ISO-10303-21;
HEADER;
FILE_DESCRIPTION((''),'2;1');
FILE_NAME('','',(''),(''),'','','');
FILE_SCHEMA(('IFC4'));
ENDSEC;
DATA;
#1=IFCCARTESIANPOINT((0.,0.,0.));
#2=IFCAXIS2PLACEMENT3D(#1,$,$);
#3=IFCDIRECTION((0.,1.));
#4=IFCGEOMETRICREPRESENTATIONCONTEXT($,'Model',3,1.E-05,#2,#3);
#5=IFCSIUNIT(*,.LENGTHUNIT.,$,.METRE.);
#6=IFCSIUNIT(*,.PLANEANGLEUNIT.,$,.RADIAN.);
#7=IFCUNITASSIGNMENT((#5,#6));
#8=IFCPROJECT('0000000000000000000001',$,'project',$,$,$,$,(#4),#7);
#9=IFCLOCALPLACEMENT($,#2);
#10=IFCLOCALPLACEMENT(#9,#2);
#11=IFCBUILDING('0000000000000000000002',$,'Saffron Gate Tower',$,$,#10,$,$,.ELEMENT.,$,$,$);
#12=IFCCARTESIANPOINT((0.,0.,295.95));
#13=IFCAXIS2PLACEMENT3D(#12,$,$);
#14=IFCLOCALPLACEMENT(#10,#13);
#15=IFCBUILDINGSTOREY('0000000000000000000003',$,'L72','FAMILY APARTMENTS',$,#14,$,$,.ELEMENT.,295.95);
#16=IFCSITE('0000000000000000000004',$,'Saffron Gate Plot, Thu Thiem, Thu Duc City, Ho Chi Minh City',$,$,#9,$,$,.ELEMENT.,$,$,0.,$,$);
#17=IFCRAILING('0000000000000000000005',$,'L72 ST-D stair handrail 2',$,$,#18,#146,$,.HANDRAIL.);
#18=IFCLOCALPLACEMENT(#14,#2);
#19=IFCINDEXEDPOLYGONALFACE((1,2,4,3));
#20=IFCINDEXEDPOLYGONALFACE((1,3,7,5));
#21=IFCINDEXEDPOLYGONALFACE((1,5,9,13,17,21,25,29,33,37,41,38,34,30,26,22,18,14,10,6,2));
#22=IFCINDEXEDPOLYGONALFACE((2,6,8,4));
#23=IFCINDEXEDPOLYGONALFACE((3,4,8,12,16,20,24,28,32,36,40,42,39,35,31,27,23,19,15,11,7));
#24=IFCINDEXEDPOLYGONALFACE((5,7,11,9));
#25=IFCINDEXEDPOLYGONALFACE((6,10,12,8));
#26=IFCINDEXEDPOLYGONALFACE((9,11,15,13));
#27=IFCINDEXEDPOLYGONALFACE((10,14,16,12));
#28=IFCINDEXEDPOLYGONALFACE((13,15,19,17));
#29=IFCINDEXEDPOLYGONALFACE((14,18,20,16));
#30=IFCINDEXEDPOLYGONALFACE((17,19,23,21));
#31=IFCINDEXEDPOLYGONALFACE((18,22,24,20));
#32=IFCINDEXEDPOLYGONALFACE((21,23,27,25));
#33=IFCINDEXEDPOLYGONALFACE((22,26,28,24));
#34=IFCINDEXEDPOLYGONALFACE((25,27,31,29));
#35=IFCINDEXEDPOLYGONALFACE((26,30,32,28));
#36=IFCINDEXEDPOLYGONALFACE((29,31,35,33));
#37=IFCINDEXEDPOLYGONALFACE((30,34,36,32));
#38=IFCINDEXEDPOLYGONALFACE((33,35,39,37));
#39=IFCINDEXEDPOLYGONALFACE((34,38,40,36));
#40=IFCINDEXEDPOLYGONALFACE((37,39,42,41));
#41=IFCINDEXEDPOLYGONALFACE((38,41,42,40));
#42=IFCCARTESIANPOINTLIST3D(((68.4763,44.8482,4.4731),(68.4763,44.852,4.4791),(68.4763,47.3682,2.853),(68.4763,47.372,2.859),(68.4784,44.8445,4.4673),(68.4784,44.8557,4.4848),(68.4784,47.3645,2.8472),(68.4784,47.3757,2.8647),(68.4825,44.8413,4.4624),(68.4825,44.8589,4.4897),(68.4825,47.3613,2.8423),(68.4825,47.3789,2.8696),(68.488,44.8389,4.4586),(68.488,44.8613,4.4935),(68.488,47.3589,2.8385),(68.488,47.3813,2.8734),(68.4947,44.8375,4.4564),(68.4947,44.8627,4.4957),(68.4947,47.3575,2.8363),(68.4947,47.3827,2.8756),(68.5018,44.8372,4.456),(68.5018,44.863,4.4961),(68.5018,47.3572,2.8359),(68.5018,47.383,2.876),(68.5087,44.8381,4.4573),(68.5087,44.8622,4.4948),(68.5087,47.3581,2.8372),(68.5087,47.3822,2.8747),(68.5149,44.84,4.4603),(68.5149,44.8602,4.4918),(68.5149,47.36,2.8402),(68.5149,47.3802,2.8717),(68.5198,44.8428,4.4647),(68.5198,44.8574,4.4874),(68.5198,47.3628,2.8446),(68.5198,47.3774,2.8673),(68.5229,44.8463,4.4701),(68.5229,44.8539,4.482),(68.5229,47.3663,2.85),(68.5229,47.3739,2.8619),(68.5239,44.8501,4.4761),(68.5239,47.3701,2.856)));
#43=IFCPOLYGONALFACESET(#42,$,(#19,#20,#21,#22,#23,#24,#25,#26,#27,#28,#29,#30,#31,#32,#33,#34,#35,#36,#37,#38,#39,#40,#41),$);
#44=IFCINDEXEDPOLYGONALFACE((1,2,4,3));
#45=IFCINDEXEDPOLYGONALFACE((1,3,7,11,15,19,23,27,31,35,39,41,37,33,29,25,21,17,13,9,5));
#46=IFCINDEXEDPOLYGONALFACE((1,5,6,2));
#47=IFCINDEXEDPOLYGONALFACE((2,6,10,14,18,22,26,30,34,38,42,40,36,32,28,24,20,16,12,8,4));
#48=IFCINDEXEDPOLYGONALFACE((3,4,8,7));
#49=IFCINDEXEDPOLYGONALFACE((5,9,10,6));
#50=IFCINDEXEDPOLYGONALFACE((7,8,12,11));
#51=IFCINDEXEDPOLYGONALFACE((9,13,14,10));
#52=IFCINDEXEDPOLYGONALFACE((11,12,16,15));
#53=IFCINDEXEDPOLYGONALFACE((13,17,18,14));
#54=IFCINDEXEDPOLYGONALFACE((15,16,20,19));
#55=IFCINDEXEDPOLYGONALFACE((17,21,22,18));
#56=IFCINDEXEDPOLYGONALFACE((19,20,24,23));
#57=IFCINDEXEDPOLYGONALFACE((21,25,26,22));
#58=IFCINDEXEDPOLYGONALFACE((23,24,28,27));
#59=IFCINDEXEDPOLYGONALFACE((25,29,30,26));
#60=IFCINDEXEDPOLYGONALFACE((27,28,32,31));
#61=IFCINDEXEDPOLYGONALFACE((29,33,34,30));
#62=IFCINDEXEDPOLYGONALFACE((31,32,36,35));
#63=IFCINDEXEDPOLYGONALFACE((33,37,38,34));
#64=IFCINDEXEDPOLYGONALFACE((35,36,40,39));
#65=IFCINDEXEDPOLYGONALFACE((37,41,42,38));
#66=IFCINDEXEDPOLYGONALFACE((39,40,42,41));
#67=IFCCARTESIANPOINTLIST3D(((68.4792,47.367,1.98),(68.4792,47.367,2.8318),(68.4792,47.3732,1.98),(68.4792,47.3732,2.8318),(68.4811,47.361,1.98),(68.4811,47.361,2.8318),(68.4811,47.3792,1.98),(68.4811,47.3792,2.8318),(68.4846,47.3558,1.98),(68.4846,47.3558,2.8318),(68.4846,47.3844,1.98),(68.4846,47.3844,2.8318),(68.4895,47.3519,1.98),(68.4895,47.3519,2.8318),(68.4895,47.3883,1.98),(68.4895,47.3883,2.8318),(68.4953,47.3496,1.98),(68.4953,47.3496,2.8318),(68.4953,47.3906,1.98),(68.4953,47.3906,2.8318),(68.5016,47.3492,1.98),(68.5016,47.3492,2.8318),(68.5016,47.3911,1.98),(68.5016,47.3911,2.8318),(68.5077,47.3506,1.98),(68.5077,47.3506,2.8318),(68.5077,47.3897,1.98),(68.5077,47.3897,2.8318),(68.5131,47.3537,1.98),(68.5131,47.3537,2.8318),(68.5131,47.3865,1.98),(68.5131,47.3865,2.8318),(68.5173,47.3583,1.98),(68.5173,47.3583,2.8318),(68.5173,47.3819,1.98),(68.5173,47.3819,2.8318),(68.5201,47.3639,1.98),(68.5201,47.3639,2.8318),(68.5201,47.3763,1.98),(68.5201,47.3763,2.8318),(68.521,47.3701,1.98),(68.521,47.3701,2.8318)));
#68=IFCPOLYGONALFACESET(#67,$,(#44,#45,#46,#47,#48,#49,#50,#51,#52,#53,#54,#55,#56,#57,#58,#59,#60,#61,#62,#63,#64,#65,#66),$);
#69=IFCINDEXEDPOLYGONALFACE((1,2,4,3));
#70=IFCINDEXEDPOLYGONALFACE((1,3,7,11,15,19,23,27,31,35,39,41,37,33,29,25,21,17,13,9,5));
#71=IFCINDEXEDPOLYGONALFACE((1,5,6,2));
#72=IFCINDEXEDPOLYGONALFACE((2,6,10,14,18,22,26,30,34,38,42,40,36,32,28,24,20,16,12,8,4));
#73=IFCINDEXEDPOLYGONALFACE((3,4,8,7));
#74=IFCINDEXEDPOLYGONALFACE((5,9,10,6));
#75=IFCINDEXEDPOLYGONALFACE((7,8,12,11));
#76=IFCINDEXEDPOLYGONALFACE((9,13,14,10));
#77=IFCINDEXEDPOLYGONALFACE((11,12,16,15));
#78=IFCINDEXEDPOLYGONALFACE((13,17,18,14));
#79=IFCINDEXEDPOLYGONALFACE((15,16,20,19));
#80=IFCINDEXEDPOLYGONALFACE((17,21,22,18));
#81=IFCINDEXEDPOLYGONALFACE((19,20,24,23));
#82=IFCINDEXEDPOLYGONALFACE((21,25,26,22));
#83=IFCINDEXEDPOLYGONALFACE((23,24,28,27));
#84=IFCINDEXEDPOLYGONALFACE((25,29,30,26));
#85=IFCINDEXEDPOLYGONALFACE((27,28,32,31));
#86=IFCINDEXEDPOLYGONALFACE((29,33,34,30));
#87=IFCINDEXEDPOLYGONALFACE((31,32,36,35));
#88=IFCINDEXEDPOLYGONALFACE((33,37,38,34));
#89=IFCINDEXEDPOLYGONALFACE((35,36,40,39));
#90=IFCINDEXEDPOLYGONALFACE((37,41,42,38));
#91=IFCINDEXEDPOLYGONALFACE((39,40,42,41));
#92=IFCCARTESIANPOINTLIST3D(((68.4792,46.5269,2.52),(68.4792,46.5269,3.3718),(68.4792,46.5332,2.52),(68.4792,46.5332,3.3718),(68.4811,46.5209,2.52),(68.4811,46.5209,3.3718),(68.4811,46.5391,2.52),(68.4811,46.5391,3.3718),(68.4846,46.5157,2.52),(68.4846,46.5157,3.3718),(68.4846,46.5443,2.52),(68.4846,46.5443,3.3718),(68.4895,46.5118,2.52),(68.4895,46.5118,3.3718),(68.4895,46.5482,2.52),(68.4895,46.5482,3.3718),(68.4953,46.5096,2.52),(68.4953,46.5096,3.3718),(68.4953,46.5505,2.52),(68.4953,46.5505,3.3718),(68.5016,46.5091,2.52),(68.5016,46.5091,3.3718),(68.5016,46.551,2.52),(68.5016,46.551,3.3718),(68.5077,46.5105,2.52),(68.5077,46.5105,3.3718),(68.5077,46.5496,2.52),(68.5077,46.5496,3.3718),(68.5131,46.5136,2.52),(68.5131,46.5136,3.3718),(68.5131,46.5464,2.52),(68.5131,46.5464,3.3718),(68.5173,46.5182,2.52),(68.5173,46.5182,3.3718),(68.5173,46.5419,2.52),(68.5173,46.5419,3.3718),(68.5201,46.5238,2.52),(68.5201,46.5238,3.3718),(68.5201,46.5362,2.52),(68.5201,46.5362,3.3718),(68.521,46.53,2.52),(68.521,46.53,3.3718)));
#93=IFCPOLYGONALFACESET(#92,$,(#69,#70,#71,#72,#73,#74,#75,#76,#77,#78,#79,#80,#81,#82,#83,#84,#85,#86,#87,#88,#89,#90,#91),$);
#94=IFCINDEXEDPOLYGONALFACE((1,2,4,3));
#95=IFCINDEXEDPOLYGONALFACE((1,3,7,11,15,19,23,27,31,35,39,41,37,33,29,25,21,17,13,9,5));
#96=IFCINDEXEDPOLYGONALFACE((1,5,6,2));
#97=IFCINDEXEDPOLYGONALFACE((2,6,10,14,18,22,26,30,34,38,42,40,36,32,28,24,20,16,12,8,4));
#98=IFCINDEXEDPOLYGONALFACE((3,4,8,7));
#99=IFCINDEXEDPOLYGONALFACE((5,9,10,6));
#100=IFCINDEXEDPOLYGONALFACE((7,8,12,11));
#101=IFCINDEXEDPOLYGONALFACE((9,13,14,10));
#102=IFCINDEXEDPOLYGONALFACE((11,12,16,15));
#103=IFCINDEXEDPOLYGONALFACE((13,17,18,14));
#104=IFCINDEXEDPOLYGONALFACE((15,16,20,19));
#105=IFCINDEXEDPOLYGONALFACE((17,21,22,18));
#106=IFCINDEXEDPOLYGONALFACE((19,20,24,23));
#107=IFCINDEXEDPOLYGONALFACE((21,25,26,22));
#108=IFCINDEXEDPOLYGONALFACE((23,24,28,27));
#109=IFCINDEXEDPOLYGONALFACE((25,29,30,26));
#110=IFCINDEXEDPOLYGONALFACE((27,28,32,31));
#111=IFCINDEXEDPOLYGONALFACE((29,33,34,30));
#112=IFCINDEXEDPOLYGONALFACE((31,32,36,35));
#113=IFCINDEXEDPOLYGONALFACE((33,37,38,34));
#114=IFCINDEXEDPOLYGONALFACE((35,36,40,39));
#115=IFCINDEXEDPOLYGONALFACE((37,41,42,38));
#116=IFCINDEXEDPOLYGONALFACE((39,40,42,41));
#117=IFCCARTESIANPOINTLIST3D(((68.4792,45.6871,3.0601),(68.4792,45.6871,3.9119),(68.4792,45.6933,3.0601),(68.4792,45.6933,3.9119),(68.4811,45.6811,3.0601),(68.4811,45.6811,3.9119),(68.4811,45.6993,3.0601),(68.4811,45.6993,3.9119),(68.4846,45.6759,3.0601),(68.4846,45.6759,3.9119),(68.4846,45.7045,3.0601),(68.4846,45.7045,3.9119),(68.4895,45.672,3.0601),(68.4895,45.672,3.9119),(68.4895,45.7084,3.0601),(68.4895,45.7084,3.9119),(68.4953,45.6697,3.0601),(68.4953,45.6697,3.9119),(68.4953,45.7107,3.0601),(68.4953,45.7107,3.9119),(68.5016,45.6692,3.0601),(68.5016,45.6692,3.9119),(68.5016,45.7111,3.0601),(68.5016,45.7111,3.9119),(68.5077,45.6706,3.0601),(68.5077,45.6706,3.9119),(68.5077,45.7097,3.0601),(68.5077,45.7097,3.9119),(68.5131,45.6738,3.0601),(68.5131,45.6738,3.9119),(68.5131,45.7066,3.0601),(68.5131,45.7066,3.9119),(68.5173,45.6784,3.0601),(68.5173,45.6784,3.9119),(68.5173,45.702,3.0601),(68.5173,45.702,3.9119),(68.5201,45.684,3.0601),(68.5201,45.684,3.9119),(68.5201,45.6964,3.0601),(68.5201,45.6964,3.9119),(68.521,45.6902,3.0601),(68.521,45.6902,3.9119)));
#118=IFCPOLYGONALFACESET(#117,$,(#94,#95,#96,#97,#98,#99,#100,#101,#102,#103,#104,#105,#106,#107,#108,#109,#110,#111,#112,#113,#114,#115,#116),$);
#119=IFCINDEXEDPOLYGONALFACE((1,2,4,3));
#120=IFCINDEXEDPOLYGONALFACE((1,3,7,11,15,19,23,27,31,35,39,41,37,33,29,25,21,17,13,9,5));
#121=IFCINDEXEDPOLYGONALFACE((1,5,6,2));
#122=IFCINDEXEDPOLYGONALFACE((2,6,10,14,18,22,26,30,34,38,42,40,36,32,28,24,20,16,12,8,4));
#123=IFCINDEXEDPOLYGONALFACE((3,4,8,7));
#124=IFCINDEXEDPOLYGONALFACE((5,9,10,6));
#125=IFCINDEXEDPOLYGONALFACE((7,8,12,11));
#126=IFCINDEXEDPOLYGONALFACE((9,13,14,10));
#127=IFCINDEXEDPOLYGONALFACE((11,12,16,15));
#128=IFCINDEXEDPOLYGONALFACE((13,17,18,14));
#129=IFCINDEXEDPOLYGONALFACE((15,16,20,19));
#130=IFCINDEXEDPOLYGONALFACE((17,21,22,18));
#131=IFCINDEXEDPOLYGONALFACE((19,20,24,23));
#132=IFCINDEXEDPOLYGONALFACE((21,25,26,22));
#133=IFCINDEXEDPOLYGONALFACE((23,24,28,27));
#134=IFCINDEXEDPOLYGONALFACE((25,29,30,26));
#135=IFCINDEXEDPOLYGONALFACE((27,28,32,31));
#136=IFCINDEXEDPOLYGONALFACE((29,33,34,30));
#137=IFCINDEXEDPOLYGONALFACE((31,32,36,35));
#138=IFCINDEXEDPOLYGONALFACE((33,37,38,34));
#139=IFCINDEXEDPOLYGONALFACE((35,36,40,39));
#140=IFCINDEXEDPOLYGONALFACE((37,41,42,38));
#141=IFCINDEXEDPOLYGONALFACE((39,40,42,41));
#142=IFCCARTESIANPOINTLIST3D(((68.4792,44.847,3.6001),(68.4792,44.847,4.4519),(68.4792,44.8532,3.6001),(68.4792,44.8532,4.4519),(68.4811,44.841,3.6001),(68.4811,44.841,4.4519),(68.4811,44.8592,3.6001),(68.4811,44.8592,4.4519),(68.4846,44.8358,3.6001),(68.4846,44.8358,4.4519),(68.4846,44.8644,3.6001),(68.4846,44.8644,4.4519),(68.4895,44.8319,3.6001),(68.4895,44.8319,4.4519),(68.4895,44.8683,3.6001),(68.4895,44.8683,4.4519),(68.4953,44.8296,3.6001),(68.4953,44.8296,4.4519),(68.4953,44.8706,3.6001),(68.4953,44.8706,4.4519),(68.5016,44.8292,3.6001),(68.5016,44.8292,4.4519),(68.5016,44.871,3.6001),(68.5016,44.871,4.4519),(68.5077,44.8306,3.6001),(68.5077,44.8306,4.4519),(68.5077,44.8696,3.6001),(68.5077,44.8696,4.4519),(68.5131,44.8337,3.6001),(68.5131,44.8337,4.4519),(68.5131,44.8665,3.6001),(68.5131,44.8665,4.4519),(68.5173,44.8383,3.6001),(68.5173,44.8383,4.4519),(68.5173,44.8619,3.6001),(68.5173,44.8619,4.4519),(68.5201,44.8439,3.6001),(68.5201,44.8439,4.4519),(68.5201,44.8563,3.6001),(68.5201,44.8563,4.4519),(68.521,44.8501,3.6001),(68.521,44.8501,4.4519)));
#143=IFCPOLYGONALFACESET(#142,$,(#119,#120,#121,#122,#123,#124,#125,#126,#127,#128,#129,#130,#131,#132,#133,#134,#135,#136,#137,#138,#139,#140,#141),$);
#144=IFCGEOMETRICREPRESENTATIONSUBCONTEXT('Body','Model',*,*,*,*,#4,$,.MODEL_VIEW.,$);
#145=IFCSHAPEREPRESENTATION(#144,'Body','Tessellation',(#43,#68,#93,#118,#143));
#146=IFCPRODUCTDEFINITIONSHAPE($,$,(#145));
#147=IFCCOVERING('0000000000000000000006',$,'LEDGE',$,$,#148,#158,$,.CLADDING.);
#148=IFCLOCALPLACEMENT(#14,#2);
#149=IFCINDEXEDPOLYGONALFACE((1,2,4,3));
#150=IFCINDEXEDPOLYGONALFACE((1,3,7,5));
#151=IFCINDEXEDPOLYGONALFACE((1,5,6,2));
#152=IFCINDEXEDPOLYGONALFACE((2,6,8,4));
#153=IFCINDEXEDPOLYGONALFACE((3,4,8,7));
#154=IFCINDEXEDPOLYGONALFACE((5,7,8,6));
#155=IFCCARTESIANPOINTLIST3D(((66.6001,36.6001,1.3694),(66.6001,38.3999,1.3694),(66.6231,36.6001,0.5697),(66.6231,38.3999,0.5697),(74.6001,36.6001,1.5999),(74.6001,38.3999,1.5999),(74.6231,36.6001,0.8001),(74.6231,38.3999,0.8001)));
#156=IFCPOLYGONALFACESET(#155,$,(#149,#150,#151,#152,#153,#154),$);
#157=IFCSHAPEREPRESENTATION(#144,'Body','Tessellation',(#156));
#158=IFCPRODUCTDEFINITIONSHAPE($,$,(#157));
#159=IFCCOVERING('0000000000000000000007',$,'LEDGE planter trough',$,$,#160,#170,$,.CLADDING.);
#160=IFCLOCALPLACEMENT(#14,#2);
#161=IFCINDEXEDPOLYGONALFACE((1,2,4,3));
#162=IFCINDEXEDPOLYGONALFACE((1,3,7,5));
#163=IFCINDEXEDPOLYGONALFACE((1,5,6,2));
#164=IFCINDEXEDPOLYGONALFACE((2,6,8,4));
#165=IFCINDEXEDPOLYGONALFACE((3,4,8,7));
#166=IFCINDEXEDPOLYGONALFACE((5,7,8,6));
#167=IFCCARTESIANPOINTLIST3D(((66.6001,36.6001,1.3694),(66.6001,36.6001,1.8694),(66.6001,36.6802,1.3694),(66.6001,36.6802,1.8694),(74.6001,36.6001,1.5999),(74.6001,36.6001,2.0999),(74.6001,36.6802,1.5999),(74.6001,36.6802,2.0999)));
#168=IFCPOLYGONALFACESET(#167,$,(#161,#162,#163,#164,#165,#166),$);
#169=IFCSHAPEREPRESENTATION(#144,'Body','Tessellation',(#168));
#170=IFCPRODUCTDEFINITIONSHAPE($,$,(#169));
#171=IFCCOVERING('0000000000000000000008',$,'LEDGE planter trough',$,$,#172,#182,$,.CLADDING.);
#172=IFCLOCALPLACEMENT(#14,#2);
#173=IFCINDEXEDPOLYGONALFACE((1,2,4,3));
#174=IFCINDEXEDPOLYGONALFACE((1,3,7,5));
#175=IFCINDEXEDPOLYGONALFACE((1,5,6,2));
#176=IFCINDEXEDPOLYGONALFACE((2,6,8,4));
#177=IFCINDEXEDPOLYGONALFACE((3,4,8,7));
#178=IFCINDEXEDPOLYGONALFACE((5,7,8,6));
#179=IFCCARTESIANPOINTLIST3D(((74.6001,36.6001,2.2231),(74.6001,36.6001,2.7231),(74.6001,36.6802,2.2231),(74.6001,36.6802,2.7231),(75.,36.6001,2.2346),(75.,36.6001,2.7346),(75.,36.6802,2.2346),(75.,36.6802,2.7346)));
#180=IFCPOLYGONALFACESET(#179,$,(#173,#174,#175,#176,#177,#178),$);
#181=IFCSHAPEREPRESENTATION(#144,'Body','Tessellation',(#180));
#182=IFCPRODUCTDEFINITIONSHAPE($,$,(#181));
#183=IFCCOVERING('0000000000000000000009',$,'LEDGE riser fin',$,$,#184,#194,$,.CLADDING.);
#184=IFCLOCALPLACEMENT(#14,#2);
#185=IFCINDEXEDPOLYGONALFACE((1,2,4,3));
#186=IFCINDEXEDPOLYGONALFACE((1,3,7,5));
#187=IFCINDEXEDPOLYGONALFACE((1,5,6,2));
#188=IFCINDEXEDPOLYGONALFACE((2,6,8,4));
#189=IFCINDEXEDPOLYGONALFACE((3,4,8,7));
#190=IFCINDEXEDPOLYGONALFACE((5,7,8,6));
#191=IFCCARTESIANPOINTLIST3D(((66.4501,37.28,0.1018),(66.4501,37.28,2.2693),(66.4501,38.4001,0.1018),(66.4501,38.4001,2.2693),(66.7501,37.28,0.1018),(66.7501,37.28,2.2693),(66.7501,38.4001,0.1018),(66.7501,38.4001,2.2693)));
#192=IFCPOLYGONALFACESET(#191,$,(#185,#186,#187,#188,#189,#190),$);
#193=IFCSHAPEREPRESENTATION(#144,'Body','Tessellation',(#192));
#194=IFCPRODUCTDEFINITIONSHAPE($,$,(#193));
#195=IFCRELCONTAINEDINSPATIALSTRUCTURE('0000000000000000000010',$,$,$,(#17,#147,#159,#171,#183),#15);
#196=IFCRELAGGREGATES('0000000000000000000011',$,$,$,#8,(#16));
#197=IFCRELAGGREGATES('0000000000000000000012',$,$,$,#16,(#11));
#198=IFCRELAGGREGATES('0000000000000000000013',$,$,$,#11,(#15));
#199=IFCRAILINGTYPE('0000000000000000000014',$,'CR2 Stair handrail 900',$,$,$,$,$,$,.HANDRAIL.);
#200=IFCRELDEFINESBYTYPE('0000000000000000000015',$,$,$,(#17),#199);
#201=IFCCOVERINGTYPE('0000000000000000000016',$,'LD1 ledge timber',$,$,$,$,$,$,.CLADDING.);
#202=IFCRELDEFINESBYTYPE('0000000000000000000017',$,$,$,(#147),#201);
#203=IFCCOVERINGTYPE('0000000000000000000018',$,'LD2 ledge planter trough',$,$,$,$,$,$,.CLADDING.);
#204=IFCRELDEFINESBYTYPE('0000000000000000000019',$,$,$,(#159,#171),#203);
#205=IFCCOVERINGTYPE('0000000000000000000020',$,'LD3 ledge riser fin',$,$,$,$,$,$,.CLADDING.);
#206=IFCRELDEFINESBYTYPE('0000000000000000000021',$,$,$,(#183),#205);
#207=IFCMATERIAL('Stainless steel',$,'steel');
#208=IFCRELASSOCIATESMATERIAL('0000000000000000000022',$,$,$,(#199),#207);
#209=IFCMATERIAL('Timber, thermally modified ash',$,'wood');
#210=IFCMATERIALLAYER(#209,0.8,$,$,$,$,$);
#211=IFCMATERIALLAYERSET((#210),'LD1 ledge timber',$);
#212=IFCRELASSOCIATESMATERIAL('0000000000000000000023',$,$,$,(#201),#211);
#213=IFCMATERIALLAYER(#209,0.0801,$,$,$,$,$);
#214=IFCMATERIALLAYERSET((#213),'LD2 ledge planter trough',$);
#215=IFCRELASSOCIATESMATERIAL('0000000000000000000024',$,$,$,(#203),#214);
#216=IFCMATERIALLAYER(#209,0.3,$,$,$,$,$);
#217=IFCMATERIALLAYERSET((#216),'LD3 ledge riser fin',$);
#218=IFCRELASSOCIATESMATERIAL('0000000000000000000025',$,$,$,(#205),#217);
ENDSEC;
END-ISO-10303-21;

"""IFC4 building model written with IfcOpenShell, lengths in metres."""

from ifc_helpers import new_model, si_unit, direction, frame, origin, origin_2d, place, context, subcontext, project, spatial, polyline, rectangle, circle, outline, extrude, material, layer, layer_set, type_object, element, save


model = new_model("IFC4")

# Units and contexts
model_context = context("Model", 3, precision=1e-05, world=origin(), true_north=direction((0.0, 1.0)))
body_context = subcontext(model_context, "Body", "Model", "MODEL_VIEW")
ifc_project = project(units=[si_unit("LENGTHUNIT", "METRE"), si_unit("PLANEANGLEUNIT", "RADIAN")], contexts=[model_context])

# Site, building, storey
site_placement = place(None, origin())
site = spatial("IfcSite", under=ifc_project, at=site_placement, Name="Saffron Gate Plot, Thu Thiem, Thu Duc City, Ho Chi Minh City", CompositionType="ELEMENT", RefElevation=0.0)
building_placement = place(site_placement, origin())
building = spatial("IfcBuilding", under=site, at=building_placement, Name="Saffron Gate Tower", CompositionType="ELEMENT")
storey_placement = place(building_placement, frame((0.0, 0.0, 295.95)))
storey = spatial("IfcBuildingStorey", under=building, at=storey_placement, Name="L72", Description="FAMILY APARTMENTS", CompositionType="ELEMENT", Elevation=295.95)

# Railing
ifc_material_1 = material(Name="Stainless steel", Category="steel")
railing_type_1 = type_object("IfcRailingType", Name="CR2 Stair handrail 900", PredefinedType="HANDRAIL", material=ifc_material_1)
railing_1_placement = place(storey_placement, frame((68.5, 47.3701, 1.98)))
element("IfcRailing", 1, at=railing_1_placement, inside=storey, type_object=railing_type_1, Name="L72 ST-D stair handrail 2", PredefinedType="HANDRAIL", context=body_context, shape_type="SweptSolid", body=[
    extrude(circle(Radius=0.0239, at=origin_2d()), frame((0.0, 0.0, 0.876), z_axis=(0.0, -0.841163, 0.540782), x_axis=(1.0, 0.0, 0.0)), (0.0, 0.0, 1.0), 2.9958),
    extrude(circle(Radius=0.021, at=origin_2d()), origin(), (0.0, 0.0, 1.0), 0.8518),
    extrude(circle(Radius=0.021, at=origin_2d()), frame((0.0, -0.8401, 0.54)), (0.0, 0.0, 1.0), 0.8518),
    extrude(circle(Radius=0.021, at=origin_2d()), frame((0.0, -1.6799, 1.0801)), (0.0, 0.0, 1.0), 0.8518),
    extrude(circle(Radius=0.021, at=origin_2d()), frame((0.0, -2.52, 1.6201)), (0.0, 0.0, 1.0), 0.8518),
])

# Coverings
ifc_material_2 = material(Name="Timber, thermally modified ash", Category="wood")
ifc_layer_1 = layer(ifc_material_2, 0.8)
ifc_layer_set_1 = layer_set([ifc_layer_1], Name="LD1 ledge timber")
covering_type_1 = type_object("IfcCoveringType", Name="LD1 ledge timber", PredefinedType="CLADDING", material=ifc_layer_set_1)
covering_1_placement = place(storey_placement, frame((66.6001, 38.3999, 1.3694), z_axis=(-0.028797, 0.0, 0.999585), x_axis=(0.999585, 0.0, 0.028797)))
element("IfcCovering", 2, at=covering_1_placement, inside=storey, type_object=covering_type_1, Name="LEDGE", PredefinedType="CLADDING", context=body_context, shape_type="SweptSolid", body=[
    extrude(outline(polyline([(0.0, 0.0), (8.0033, 0.0), (8.0033, -1.7998), (0.0, -1.7998), (0.0, 0.0)])), origin(), (0.0, 0.0, -1.0), 0.8),
])
ifc_layer_2 = layer(ifc_material_2, 0.0801)
ifc_layer_set_2 = layer_set([ifc_layer_2], Name="LD2 ledge planter trough")
covering_type_2 = type_object("IfcCoveringType", Name="LD2 ledge planter trough", PredefinedType="CLADDING", material=ifc_layer_set_2)
covering_2_placement = place(storey_placement, frame((66.6001, 36.6001, 1.3694), z_axis=(0.0, -1.0, 0.0), x_axis=(0.999585, 0.0, 0.028797)))
element("IfcCovering", 3, at=covering_2_placement, inside=storey, type_object=covering_type_2, Name="LEDGE planter trough", PredefinedType="CLADDING", context=body_context, shape_type="SweptSolid", body=[
    extrude(outline(polyline([(0.0, 0.0), (8.0033, 0.0), (8.0177, 0.4998), (0.0144, 0.4998), (0.0, 0.0)])), origin(), (0.0, 0.0, -1.0), 0.0801),
])
covering_3_placement = place(storey_placement, frame((74.6001, 36.6001, 2.2231), z_axis=(0.0, -1.0, 0.0), x_axis=(0.999589, 0.0, 0.028682)))
element("IfcCovering", 4, at=covering_3_placement, inside=storey, type_object=covering_type_2, Name="LEDGE planter trough", PredefinedType="CLADDING", context=body_context, shape_type="SweptSolid", body=[
    extrude(outline(polyline([(0.0, 0.0), (0.4001, 0.0), (0.4144, 0.4998), (0.0143, 0.4998), (0.0, 0.0)])), origin(), (0.0, 0.0, -1.0), 0.0801),
])
ifc_layer_3 = layer(ifc_material_2, 0.3)
ifc_layer_set_3 = layer_set([ifc_layer_3], Name="LD3 ledge riser fin")
covering_type_3 = type_object("IfcCoveringType", Name="LD3 ledge riser fin", PredefinedType="CLADDING", material=ifc_layer_set_3)
covering_4_placement = place(storey_placement, frame((66.6001, 37.8401, 0.1018), z_axis=(0.0, 0.0, 1.0), x_axis=(1.0, 0.0, 0.0)))
element("IfcCovering", 5, at=covering_4_placement, inside=storey, type_object=covering_type_3, Name="LEDGE riser fin", PredefinedType="CLADDING", context=body_context, shape_type="SweptSolid", body=[
    extrude(rectangle(XDim=0.3, YDim=1.1201, at=origin_2d()), origin(), (0.0, 0.0, 1.0), 2.1675),
])

save(model, "model.ifc")
